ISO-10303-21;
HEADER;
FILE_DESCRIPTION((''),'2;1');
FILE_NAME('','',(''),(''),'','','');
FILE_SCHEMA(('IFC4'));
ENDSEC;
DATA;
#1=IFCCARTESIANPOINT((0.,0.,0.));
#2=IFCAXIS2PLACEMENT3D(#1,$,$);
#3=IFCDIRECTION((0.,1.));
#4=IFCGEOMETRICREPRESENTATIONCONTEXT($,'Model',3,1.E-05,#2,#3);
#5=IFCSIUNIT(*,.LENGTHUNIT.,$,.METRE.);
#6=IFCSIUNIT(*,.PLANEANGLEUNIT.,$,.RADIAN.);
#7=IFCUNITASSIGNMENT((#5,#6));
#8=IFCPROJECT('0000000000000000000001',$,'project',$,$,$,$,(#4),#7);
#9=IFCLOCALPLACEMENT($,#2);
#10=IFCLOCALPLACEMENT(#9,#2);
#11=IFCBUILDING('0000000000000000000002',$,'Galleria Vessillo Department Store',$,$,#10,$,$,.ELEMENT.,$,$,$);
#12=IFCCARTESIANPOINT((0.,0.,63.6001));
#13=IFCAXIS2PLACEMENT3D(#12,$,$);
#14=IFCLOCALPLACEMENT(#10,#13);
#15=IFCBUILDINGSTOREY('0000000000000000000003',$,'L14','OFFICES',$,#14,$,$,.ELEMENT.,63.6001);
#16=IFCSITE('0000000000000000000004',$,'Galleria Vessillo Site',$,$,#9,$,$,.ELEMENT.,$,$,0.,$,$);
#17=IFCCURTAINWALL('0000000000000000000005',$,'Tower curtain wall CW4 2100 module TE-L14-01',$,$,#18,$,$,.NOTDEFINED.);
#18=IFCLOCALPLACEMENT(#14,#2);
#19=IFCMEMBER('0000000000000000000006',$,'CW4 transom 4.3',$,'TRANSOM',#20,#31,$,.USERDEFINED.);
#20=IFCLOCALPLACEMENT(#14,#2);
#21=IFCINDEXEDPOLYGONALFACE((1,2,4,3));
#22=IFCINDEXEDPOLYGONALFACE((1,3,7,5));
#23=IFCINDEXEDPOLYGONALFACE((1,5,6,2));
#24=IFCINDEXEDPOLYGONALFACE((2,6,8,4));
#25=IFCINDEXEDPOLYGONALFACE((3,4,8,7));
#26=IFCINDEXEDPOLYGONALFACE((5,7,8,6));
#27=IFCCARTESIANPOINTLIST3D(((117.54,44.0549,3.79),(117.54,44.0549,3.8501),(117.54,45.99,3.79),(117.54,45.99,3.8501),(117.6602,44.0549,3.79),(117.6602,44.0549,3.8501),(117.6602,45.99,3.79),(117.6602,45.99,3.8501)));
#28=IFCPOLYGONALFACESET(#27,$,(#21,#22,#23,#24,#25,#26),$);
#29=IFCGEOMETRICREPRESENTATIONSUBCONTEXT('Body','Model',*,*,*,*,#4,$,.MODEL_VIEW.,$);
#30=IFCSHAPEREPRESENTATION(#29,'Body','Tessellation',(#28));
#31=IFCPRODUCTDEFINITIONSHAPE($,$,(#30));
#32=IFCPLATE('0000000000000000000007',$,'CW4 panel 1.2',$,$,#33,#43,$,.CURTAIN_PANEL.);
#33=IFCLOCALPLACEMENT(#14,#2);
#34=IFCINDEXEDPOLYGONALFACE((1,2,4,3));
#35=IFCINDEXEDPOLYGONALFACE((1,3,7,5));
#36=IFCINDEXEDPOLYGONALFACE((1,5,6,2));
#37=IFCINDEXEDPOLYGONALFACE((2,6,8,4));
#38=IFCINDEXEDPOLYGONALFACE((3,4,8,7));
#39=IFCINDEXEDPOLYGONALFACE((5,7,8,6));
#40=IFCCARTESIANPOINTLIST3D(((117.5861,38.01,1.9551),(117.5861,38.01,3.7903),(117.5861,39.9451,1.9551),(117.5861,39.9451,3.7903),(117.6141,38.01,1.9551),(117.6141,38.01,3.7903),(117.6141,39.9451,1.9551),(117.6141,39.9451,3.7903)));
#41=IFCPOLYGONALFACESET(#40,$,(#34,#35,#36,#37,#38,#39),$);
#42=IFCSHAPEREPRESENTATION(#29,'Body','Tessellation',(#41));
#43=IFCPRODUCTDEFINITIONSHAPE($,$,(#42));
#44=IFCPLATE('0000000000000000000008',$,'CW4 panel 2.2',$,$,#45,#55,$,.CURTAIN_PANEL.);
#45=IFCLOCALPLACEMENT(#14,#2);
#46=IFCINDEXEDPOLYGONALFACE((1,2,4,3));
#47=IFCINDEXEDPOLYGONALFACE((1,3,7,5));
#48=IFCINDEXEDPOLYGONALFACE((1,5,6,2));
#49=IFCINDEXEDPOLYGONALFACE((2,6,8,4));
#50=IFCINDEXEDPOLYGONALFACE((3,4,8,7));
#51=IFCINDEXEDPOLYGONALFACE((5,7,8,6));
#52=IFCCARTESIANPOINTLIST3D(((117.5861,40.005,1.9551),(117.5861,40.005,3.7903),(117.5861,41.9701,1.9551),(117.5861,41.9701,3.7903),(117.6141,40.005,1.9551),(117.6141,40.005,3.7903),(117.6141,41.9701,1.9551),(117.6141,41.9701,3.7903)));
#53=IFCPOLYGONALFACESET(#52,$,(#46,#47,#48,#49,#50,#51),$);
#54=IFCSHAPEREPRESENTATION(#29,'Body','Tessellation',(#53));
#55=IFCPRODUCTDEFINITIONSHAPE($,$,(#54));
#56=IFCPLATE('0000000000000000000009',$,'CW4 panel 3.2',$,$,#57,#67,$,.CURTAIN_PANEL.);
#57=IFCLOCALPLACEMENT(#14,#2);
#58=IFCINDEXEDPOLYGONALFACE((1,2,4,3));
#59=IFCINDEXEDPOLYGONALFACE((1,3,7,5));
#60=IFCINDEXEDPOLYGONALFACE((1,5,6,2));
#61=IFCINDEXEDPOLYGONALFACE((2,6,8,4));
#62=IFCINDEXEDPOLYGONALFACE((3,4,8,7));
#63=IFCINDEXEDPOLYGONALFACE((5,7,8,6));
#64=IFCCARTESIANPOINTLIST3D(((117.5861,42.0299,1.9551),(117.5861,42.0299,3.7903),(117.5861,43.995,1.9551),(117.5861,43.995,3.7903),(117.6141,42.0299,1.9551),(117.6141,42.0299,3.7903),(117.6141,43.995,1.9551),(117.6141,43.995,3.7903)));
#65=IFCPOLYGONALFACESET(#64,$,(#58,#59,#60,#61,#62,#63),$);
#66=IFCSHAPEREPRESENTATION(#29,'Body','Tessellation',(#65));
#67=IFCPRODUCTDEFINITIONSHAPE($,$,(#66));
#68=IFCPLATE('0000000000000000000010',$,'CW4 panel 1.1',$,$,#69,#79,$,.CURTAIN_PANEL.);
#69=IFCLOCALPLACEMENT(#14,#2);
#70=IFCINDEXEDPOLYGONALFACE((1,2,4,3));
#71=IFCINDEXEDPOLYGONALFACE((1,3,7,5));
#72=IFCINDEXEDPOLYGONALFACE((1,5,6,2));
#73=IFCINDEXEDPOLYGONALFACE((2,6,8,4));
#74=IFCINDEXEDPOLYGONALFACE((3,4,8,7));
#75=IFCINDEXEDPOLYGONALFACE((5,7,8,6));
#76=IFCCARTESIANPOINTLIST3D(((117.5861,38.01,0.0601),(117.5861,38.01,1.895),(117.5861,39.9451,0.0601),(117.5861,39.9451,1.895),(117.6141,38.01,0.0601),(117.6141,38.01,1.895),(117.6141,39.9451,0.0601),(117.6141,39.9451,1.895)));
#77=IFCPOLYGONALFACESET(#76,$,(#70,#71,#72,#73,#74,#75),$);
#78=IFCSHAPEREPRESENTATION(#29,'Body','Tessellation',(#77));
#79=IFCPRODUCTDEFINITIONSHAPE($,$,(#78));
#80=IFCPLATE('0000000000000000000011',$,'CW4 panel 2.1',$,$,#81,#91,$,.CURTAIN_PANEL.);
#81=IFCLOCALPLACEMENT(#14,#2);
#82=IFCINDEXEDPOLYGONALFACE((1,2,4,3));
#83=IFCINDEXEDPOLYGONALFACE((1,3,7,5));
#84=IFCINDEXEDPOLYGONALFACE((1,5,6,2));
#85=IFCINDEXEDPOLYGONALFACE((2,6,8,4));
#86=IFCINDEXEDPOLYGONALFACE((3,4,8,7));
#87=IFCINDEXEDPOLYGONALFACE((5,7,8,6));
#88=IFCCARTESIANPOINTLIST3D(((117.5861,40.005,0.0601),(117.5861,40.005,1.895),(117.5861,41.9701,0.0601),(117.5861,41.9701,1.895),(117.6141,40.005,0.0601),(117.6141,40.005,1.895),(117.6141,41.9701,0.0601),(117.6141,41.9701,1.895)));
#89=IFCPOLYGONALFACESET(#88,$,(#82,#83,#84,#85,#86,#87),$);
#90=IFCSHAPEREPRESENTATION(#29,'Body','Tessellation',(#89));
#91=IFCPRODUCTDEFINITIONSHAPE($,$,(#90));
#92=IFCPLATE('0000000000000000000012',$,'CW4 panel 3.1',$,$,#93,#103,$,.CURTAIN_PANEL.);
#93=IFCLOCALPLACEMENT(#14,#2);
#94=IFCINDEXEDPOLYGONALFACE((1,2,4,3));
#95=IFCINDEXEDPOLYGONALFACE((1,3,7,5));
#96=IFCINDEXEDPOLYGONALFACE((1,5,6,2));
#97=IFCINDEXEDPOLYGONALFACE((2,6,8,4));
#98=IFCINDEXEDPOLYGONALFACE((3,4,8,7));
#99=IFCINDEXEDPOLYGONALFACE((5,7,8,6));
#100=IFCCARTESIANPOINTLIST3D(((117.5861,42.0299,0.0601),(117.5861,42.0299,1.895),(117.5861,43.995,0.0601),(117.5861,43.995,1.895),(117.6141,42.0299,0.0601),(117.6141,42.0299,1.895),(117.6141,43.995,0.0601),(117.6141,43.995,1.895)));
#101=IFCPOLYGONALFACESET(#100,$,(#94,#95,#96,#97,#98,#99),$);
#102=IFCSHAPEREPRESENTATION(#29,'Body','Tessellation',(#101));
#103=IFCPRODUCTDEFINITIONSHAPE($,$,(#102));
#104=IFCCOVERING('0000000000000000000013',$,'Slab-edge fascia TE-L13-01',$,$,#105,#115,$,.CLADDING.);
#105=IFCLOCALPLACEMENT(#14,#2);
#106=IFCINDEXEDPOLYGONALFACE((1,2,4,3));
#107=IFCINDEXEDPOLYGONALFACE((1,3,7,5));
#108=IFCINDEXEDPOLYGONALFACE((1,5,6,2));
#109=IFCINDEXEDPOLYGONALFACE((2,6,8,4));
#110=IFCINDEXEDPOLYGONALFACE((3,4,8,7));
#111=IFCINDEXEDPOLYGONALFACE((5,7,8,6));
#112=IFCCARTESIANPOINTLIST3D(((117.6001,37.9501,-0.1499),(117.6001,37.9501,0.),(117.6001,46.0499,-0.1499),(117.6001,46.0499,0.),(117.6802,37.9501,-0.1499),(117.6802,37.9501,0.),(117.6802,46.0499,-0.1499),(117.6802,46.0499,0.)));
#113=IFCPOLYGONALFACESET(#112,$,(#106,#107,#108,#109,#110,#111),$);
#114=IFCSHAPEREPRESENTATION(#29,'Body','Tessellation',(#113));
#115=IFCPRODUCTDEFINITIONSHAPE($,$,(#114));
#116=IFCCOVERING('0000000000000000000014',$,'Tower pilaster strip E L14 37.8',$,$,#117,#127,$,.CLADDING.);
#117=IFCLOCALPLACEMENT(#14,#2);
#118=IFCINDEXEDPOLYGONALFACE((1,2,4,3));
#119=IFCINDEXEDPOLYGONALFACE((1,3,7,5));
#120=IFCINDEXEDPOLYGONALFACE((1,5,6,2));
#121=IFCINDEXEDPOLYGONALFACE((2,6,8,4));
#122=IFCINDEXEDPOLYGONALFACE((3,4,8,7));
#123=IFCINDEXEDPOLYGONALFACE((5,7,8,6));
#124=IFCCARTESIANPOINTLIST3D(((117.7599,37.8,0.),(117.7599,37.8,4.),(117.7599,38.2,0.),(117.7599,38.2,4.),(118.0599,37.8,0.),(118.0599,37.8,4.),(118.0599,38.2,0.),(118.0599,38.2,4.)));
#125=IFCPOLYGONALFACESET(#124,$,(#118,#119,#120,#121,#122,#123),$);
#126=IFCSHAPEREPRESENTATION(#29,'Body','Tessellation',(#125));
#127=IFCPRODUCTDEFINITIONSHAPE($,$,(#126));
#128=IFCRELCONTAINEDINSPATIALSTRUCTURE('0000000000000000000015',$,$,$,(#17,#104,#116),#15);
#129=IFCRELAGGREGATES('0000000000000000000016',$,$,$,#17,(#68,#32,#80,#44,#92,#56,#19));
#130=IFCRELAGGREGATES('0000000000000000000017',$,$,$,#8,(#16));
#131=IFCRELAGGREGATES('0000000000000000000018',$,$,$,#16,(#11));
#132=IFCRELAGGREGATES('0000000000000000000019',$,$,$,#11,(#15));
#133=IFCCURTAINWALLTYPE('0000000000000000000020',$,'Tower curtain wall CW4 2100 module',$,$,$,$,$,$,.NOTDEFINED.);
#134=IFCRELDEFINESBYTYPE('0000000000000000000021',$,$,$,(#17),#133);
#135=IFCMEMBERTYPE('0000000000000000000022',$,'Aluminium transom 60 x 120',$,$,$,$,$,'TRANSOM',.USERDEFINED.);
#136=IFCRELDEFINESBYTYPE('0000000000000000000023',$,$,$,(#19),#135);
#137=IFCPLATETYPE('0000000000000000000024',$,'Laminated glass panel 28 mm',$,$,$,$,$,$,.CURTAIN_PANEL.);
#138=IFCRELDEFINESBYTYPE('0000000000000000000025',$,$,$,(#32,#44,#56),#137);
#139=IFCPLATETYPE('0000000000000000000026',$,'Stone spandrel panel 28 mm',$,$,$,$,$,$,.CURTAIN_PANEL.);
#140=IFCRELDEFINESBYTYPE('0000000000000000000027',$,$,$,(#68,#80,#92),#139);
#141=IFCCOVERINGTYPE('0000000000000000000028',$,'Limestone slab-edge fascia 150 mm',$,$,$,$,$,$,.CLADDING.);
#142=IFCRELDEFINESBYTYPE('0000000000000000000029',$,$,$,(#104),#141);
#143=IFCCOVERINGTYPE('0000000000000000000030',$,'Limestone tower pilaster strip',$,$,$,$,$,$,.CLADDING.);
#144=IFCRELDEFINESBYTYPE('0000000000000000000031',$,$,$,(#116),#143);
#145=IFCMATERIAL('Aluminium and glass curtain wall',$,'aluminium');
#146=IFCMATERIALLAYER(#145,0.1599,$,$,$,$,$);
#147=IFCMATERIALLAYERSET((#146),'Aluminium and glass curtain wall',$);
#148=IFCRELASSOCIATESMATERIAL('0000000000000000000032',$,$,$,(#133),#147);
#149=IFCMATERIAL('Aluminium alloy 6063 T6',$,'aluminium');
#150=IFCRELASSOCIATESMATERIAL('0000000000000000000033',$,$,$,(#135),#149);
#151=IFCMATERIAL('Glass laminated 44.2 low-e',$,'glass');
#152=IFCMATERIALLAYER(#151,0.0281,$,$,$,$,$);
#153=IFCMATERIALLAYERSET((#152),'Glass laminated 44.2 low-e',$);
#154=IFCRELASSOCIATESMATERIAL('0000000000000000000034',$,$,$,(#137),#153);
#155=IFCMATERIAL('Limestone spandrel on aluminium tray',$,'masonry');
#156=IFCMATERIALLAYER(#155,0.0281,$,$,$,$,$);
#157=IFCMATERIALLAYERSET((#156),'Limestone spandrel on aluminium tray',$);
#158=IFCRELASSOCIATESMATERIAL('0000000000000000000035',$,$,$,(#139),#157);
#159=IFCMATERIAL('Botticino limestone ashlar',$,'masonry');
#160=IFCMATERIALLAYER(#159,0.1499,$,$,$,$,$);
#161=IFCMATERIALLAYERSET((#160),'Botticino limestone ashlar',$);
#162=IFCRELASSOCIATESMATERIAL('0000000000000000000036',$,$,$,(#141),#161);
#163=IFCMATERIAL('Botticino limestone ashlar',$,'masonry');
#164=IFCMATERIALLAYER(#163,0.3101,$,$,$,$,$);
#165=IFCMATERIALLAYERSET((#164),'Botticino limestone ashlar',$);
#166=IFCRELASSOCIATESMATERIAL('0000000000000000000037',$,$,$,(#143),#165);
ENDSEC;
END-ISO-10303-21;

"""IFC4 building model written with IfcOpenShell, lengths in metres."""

from ifc_helpers import new_model, si_unit, direction, frame, origin, origin_2d, place, context, subcontext, project, spatial, rectangle, extrude, material, layer, layer_set, material_profile, profile_set, type_object, element, aggregate, save


model = new_model("IFC4")

# Units and contexts
model_context = context("Model", 3, precision=1e-05, world=origin(), true_north=direction((0.0, 1.0)))
body_context = subcontext(model_context, "Body", "Model", "MODEL_VIEW")
ifc_project = project(units=[si_unit("LENGTHUNIT", "METRE"), si_unit("PLANEANGLEUNIT", "RADIAN")], contexts=[model_context])

# Site, building, storey
site_placement = place(None, origin())
site = spatial("IfcSite", under=ifc_project, at=site_placement, Name="Galleria Vessillo Site", CompositionType="ELEMENT", RefElevation=0.0)
building_placement = place(site_placement, origin())
building = spatial("IfcBuilding", under=site, at=building_placement, Name="Galleria Vessillo Department Store", CompositionType="ELEMENT")
storey_placement = place(building_placement, frame((0.0, 0.0, 63.6001)))
storey = spatial("IfcBuildingStorey", under=building, at=storey_placement, Name="L14", Description="OFFICES", CompositionType="ELEMENT", Elevation=63.6001)

# Curtain wall, member, plates
ifc_material_1 = material(Name="Aluminium and glass curtain wall", Category="aluminium")
ifc_layer_1 = layer(ifc_material_1, 0.1599)
ifc_layer_set_1 = layer_set([ifc_layer_1], Name="Aluminium and glass curtain wall")
curtain_wall_type = type_object("IfcCurtainWallType", Name="Tower curtain wall CW4 2100 module", PredefinedType="NOTDEFINED", material=ifc_layer_set_1)
curtain_wall_placement = place(storey_placement, origin())
curtain_wall = element("IfcCurtainWall", 1, at=curtain_wall_placement, inside=storey, type_object=curtain_wall_type, Name="Tower curtain wall CW4 2100 module TE-L14-01", PredefinedType="NOTDEFINED")
ifc_material_2 = material(Name="Aluminium alloy 6063 T6", Category="aluminium")
ifc_material_profile_1 = material_profile(ifc_material_2, rectangle(XDim=0.1201, YDim=0.0601, at=origin_2d()), Name="AL 60x120")
ifc_profile_set_1 = profile_set([ifc_material_profile_1], Name="Aluminium alloy 6063 T6")
member_type_1 = type_object("IfcMemberType", Name="Aluminium transom 60 x 120", ElementType="TRANSOM", PredefinedType="USERDEFINED", material=ifc_profile_set_1)
member_1_placement = place(storey_placement, frame((117.6001, 44.0549, 3.8201), z_axis=(0.0, 1.0, 0.0), x_axis=(-1.0, 0.0, 0.0)))
member_1 = element("IfcMember", 2, at=member_1_placement, type_object=member_type_1, Name="CW4 transom 4.3", ObjectType="TRANSOM", PredefinedType="USERDEFINED", context=body_context, shape_type="SweptSolid", body=[
    extrude(rectangle(XDim=0.1201, YDim=0.0601, at=origin_2d()), origin(), (0.0, 0.0, 1.0), 1.9351),
])
ifc_material_3 = material(Name="Glass laminated 44.2 low-e", Category="glass")
ifc_layer_2 = layer(ifc_material_3, 0.0281)
ifc_layer_set_2 = layer_set([ifc_layer_2], Name="Glass laminated 44.2 low-e")
plate_type_1 = type_object("IfcPlateType", Name="Laminated glass panel 28 mm", PredefinedType="CURTAIN_PANEL", material=ifc_layer_set_2)
plate_1_placement = place(storey_placement, frame((117.6001, 38.9775, 1.9551), z_axis=(0.0, 0.0, 1.0), x_axis=(0.0, 1.0, 0.0)))
plate_1 = element("IfcPlate", 3, at=plate_1_placement, type_object=plate_type_1, Name="CW4 panel 1.2", PredefinedType="CURTAIN_PANEL", context=body_context, shape_type="SweptSolid", body=[
    extrude(rectangle(XDim=1.9351, YDim=0.0281, at=origin_2d()), origin(), (0.0, 0.0, 1.0), 1.8352),
])
plate_2_placement = place(storey_placement, frame((117.6001, 40.9875, 1.9551), z_axis=(0.0, 0.0, 1.0), x_axis=(0.0, 1.0, 0.0)))
plate_2 = element("IfcPlate", 4, at=plate_2_placement, type_object=plate_type_1, Name="CW4 panel 2.2", PredefinedType="CURTAIN_PANEL", context=body_context, shape_type="SweptSolid", body=[
    extrude(rectangle(XDim=1.9651, YDim=0.0281, at=origin_2d()), origin(), (0.0, 0.0, 1.0), 1.8352),
])
plate_3_placement = place(storey_placement, frame((117.6001, 43.0125, 1.9551), z_axis=(0.0, 0.0, 1.0), x_axis=(0.0, 1.0, 0.0)))
plate_3 = element("IfcPlate", 5, at=plate_3_placement, type_object=plate_type_1, Name="CW4 panel 3.2", PredefinedType="CURTAIN_PANEL", context=body_context, shape_type="SweptSolid", body=[
    extrude(rectangle(XDim=1.9651, YDim=0.0281, at=origin_2d()), origin(), (0.0, 0.0, 1.0), 1.8352),
])
ifc_material_4 = material(Name="Limestone spandrel on aluminium tray", Category="masonry")
ifc_layer_3 = layer(ifc_material_4, 0.0281)
ifc_layer_set_3 = layer_set([ifc_layer_3], Name="Limestone spandrel on aluminium tray")
plate_type_2 = type_object("IfcPlateType", Name="Stone spandrel panel 28 mm", PredefinedType="CURTAIN_PANEL", material=ifc_layer_set_3)
plate_4_placement = place(storey_placement, frame((117.6001, 38.9775, 0.0601), z_axis=(0.0, 0.0, 1.0), x_axis=(0.0, 1.0, 0.0)))
plate_4 = element("IfcPlate", 6, at=plate_4_placement, type_object=plate_type_2, Name="CW4 panel 1.1", PredefinedType="CURTAIN_PANEL", context=body_context, shape_type="SweptSolid", body=[
    extrude(rectangle(XDim=1.9351, YDim=0.0281, at=origin_2d()), origin(), (0.0, 0.0, 1.0), 1.835),
])
plate_5_placement = place(storey_placement, frame((117.6001, 40.9875, 0.0601), z_axis=(0.0, 0.0, 1.0), x_axis=(0.0, 1.0, 0.0)))
plate_5 = element("IfcPlate", 7, at=plate_5_placement, type_object=plate_type_2, Name="CW4 panel 2.1", PredefinedType="CURTAIN_PANEL", context=body_context, shape_type="SweptSolid", body=[
    extrude(rectangle(XDim=1.9651, YDim=0.0281, at=origin_2d()), origin(), (0.0, 0.0, 1.0), 1.835),
])
plate_6_placement = place(storey_placement, frame((117.6001, 43.0125, 0.0601), z_axis=(0.0, 0.0, 1.0), x_axis=(0.0, 1.0, 0.0)))
plate_6 = element("IfcPlate", 8, at=plate_6_placement, type_object=plate_type_2, Name="CW4 panel 3.1", PredefinedType="CURTAIN_PANEL", context=body_context, shape_type="SweptSolid", body=[
    extrude(rectangle(XDim=1.9651, YDim=0.0281, at=origin_2d()), origin(), (0.0, 0.0, 1.0), 1.835),
])
aggregate(curtain_wall, [plate_4, plate_1, plate_5, plate_2, plate_6, plate_3, member_1])

# Coverings
ifc_material_5 = material(Name="Botticino limestone ashlar", Category="masonry")
ifc_layer_4 = layer(ifc_material_5, 0.1499)
ifc_layer_set_4 = layer_set([ifc_layer_4], Name="Botticino limestone ashlar")
covering_type_1 = type_object("IfcCoveringType", Name="Limestone slab-edge fascia 150 mm", PredefinedType="CLADDING", material=ifc_layer_set_4)
covering_1_placement = place(storey_placement, frame((117.6401, 42.0, -0.1499), z_axis=(0.0, 0.0, 1.0), x_axis=(1.0, 0.0, 0.0)))
element("IfcCovering", 9, at=covering_1_placement, inside=storey, type_object=covering_type_1, Name="Slab-edge fascia TE-L13-01", PredefinedType="CLADDING", context=body_context, shape_type="SweptSolid", body=[
    extrude(rectangle(XDim=0.0801, YDim=8.0999, at=origin_2d()), origin(), (0.0, 0.0, 1.0), 0.1499),
])
ifc_material_6 = material(Name="Botticino limestone ashlar", Category="masonry")
ifc_layer_5 = layer(ifc_material_6, 0.3101)
ifc_layer_set_5 = layer_set([ifc_layer_5], Name="Botticino limestone ashlar")
covering_type_2 = type_object("IfcCoveringType", Name="Limestone tower pilaster strip", PredefinedType="CLADDING", material=ifc_layer_set_5)
covering_2_placement = place(storey_placement, frame((117.9099, 38.0, 0.0), z_axis=(0.0, 0.0, 1.0), x_axis=(1.0, 0.0, 0.0)))
element("IfcCovering", 10, at=covering_2_placement, inside=storey, type_object=covering_type_2, Name="Tower pilaster strip E L14 37.8", PredefinedType="CLADDING", context=body_context, shape_type="SweptSolid", body=[
    extrude(rectangle(XDim=0.3, YDim=0.3999, at=origin_2d()), origin(), (0.0, 0.0, 1.0), 4.0),
])

save(model, "model.ifc")
